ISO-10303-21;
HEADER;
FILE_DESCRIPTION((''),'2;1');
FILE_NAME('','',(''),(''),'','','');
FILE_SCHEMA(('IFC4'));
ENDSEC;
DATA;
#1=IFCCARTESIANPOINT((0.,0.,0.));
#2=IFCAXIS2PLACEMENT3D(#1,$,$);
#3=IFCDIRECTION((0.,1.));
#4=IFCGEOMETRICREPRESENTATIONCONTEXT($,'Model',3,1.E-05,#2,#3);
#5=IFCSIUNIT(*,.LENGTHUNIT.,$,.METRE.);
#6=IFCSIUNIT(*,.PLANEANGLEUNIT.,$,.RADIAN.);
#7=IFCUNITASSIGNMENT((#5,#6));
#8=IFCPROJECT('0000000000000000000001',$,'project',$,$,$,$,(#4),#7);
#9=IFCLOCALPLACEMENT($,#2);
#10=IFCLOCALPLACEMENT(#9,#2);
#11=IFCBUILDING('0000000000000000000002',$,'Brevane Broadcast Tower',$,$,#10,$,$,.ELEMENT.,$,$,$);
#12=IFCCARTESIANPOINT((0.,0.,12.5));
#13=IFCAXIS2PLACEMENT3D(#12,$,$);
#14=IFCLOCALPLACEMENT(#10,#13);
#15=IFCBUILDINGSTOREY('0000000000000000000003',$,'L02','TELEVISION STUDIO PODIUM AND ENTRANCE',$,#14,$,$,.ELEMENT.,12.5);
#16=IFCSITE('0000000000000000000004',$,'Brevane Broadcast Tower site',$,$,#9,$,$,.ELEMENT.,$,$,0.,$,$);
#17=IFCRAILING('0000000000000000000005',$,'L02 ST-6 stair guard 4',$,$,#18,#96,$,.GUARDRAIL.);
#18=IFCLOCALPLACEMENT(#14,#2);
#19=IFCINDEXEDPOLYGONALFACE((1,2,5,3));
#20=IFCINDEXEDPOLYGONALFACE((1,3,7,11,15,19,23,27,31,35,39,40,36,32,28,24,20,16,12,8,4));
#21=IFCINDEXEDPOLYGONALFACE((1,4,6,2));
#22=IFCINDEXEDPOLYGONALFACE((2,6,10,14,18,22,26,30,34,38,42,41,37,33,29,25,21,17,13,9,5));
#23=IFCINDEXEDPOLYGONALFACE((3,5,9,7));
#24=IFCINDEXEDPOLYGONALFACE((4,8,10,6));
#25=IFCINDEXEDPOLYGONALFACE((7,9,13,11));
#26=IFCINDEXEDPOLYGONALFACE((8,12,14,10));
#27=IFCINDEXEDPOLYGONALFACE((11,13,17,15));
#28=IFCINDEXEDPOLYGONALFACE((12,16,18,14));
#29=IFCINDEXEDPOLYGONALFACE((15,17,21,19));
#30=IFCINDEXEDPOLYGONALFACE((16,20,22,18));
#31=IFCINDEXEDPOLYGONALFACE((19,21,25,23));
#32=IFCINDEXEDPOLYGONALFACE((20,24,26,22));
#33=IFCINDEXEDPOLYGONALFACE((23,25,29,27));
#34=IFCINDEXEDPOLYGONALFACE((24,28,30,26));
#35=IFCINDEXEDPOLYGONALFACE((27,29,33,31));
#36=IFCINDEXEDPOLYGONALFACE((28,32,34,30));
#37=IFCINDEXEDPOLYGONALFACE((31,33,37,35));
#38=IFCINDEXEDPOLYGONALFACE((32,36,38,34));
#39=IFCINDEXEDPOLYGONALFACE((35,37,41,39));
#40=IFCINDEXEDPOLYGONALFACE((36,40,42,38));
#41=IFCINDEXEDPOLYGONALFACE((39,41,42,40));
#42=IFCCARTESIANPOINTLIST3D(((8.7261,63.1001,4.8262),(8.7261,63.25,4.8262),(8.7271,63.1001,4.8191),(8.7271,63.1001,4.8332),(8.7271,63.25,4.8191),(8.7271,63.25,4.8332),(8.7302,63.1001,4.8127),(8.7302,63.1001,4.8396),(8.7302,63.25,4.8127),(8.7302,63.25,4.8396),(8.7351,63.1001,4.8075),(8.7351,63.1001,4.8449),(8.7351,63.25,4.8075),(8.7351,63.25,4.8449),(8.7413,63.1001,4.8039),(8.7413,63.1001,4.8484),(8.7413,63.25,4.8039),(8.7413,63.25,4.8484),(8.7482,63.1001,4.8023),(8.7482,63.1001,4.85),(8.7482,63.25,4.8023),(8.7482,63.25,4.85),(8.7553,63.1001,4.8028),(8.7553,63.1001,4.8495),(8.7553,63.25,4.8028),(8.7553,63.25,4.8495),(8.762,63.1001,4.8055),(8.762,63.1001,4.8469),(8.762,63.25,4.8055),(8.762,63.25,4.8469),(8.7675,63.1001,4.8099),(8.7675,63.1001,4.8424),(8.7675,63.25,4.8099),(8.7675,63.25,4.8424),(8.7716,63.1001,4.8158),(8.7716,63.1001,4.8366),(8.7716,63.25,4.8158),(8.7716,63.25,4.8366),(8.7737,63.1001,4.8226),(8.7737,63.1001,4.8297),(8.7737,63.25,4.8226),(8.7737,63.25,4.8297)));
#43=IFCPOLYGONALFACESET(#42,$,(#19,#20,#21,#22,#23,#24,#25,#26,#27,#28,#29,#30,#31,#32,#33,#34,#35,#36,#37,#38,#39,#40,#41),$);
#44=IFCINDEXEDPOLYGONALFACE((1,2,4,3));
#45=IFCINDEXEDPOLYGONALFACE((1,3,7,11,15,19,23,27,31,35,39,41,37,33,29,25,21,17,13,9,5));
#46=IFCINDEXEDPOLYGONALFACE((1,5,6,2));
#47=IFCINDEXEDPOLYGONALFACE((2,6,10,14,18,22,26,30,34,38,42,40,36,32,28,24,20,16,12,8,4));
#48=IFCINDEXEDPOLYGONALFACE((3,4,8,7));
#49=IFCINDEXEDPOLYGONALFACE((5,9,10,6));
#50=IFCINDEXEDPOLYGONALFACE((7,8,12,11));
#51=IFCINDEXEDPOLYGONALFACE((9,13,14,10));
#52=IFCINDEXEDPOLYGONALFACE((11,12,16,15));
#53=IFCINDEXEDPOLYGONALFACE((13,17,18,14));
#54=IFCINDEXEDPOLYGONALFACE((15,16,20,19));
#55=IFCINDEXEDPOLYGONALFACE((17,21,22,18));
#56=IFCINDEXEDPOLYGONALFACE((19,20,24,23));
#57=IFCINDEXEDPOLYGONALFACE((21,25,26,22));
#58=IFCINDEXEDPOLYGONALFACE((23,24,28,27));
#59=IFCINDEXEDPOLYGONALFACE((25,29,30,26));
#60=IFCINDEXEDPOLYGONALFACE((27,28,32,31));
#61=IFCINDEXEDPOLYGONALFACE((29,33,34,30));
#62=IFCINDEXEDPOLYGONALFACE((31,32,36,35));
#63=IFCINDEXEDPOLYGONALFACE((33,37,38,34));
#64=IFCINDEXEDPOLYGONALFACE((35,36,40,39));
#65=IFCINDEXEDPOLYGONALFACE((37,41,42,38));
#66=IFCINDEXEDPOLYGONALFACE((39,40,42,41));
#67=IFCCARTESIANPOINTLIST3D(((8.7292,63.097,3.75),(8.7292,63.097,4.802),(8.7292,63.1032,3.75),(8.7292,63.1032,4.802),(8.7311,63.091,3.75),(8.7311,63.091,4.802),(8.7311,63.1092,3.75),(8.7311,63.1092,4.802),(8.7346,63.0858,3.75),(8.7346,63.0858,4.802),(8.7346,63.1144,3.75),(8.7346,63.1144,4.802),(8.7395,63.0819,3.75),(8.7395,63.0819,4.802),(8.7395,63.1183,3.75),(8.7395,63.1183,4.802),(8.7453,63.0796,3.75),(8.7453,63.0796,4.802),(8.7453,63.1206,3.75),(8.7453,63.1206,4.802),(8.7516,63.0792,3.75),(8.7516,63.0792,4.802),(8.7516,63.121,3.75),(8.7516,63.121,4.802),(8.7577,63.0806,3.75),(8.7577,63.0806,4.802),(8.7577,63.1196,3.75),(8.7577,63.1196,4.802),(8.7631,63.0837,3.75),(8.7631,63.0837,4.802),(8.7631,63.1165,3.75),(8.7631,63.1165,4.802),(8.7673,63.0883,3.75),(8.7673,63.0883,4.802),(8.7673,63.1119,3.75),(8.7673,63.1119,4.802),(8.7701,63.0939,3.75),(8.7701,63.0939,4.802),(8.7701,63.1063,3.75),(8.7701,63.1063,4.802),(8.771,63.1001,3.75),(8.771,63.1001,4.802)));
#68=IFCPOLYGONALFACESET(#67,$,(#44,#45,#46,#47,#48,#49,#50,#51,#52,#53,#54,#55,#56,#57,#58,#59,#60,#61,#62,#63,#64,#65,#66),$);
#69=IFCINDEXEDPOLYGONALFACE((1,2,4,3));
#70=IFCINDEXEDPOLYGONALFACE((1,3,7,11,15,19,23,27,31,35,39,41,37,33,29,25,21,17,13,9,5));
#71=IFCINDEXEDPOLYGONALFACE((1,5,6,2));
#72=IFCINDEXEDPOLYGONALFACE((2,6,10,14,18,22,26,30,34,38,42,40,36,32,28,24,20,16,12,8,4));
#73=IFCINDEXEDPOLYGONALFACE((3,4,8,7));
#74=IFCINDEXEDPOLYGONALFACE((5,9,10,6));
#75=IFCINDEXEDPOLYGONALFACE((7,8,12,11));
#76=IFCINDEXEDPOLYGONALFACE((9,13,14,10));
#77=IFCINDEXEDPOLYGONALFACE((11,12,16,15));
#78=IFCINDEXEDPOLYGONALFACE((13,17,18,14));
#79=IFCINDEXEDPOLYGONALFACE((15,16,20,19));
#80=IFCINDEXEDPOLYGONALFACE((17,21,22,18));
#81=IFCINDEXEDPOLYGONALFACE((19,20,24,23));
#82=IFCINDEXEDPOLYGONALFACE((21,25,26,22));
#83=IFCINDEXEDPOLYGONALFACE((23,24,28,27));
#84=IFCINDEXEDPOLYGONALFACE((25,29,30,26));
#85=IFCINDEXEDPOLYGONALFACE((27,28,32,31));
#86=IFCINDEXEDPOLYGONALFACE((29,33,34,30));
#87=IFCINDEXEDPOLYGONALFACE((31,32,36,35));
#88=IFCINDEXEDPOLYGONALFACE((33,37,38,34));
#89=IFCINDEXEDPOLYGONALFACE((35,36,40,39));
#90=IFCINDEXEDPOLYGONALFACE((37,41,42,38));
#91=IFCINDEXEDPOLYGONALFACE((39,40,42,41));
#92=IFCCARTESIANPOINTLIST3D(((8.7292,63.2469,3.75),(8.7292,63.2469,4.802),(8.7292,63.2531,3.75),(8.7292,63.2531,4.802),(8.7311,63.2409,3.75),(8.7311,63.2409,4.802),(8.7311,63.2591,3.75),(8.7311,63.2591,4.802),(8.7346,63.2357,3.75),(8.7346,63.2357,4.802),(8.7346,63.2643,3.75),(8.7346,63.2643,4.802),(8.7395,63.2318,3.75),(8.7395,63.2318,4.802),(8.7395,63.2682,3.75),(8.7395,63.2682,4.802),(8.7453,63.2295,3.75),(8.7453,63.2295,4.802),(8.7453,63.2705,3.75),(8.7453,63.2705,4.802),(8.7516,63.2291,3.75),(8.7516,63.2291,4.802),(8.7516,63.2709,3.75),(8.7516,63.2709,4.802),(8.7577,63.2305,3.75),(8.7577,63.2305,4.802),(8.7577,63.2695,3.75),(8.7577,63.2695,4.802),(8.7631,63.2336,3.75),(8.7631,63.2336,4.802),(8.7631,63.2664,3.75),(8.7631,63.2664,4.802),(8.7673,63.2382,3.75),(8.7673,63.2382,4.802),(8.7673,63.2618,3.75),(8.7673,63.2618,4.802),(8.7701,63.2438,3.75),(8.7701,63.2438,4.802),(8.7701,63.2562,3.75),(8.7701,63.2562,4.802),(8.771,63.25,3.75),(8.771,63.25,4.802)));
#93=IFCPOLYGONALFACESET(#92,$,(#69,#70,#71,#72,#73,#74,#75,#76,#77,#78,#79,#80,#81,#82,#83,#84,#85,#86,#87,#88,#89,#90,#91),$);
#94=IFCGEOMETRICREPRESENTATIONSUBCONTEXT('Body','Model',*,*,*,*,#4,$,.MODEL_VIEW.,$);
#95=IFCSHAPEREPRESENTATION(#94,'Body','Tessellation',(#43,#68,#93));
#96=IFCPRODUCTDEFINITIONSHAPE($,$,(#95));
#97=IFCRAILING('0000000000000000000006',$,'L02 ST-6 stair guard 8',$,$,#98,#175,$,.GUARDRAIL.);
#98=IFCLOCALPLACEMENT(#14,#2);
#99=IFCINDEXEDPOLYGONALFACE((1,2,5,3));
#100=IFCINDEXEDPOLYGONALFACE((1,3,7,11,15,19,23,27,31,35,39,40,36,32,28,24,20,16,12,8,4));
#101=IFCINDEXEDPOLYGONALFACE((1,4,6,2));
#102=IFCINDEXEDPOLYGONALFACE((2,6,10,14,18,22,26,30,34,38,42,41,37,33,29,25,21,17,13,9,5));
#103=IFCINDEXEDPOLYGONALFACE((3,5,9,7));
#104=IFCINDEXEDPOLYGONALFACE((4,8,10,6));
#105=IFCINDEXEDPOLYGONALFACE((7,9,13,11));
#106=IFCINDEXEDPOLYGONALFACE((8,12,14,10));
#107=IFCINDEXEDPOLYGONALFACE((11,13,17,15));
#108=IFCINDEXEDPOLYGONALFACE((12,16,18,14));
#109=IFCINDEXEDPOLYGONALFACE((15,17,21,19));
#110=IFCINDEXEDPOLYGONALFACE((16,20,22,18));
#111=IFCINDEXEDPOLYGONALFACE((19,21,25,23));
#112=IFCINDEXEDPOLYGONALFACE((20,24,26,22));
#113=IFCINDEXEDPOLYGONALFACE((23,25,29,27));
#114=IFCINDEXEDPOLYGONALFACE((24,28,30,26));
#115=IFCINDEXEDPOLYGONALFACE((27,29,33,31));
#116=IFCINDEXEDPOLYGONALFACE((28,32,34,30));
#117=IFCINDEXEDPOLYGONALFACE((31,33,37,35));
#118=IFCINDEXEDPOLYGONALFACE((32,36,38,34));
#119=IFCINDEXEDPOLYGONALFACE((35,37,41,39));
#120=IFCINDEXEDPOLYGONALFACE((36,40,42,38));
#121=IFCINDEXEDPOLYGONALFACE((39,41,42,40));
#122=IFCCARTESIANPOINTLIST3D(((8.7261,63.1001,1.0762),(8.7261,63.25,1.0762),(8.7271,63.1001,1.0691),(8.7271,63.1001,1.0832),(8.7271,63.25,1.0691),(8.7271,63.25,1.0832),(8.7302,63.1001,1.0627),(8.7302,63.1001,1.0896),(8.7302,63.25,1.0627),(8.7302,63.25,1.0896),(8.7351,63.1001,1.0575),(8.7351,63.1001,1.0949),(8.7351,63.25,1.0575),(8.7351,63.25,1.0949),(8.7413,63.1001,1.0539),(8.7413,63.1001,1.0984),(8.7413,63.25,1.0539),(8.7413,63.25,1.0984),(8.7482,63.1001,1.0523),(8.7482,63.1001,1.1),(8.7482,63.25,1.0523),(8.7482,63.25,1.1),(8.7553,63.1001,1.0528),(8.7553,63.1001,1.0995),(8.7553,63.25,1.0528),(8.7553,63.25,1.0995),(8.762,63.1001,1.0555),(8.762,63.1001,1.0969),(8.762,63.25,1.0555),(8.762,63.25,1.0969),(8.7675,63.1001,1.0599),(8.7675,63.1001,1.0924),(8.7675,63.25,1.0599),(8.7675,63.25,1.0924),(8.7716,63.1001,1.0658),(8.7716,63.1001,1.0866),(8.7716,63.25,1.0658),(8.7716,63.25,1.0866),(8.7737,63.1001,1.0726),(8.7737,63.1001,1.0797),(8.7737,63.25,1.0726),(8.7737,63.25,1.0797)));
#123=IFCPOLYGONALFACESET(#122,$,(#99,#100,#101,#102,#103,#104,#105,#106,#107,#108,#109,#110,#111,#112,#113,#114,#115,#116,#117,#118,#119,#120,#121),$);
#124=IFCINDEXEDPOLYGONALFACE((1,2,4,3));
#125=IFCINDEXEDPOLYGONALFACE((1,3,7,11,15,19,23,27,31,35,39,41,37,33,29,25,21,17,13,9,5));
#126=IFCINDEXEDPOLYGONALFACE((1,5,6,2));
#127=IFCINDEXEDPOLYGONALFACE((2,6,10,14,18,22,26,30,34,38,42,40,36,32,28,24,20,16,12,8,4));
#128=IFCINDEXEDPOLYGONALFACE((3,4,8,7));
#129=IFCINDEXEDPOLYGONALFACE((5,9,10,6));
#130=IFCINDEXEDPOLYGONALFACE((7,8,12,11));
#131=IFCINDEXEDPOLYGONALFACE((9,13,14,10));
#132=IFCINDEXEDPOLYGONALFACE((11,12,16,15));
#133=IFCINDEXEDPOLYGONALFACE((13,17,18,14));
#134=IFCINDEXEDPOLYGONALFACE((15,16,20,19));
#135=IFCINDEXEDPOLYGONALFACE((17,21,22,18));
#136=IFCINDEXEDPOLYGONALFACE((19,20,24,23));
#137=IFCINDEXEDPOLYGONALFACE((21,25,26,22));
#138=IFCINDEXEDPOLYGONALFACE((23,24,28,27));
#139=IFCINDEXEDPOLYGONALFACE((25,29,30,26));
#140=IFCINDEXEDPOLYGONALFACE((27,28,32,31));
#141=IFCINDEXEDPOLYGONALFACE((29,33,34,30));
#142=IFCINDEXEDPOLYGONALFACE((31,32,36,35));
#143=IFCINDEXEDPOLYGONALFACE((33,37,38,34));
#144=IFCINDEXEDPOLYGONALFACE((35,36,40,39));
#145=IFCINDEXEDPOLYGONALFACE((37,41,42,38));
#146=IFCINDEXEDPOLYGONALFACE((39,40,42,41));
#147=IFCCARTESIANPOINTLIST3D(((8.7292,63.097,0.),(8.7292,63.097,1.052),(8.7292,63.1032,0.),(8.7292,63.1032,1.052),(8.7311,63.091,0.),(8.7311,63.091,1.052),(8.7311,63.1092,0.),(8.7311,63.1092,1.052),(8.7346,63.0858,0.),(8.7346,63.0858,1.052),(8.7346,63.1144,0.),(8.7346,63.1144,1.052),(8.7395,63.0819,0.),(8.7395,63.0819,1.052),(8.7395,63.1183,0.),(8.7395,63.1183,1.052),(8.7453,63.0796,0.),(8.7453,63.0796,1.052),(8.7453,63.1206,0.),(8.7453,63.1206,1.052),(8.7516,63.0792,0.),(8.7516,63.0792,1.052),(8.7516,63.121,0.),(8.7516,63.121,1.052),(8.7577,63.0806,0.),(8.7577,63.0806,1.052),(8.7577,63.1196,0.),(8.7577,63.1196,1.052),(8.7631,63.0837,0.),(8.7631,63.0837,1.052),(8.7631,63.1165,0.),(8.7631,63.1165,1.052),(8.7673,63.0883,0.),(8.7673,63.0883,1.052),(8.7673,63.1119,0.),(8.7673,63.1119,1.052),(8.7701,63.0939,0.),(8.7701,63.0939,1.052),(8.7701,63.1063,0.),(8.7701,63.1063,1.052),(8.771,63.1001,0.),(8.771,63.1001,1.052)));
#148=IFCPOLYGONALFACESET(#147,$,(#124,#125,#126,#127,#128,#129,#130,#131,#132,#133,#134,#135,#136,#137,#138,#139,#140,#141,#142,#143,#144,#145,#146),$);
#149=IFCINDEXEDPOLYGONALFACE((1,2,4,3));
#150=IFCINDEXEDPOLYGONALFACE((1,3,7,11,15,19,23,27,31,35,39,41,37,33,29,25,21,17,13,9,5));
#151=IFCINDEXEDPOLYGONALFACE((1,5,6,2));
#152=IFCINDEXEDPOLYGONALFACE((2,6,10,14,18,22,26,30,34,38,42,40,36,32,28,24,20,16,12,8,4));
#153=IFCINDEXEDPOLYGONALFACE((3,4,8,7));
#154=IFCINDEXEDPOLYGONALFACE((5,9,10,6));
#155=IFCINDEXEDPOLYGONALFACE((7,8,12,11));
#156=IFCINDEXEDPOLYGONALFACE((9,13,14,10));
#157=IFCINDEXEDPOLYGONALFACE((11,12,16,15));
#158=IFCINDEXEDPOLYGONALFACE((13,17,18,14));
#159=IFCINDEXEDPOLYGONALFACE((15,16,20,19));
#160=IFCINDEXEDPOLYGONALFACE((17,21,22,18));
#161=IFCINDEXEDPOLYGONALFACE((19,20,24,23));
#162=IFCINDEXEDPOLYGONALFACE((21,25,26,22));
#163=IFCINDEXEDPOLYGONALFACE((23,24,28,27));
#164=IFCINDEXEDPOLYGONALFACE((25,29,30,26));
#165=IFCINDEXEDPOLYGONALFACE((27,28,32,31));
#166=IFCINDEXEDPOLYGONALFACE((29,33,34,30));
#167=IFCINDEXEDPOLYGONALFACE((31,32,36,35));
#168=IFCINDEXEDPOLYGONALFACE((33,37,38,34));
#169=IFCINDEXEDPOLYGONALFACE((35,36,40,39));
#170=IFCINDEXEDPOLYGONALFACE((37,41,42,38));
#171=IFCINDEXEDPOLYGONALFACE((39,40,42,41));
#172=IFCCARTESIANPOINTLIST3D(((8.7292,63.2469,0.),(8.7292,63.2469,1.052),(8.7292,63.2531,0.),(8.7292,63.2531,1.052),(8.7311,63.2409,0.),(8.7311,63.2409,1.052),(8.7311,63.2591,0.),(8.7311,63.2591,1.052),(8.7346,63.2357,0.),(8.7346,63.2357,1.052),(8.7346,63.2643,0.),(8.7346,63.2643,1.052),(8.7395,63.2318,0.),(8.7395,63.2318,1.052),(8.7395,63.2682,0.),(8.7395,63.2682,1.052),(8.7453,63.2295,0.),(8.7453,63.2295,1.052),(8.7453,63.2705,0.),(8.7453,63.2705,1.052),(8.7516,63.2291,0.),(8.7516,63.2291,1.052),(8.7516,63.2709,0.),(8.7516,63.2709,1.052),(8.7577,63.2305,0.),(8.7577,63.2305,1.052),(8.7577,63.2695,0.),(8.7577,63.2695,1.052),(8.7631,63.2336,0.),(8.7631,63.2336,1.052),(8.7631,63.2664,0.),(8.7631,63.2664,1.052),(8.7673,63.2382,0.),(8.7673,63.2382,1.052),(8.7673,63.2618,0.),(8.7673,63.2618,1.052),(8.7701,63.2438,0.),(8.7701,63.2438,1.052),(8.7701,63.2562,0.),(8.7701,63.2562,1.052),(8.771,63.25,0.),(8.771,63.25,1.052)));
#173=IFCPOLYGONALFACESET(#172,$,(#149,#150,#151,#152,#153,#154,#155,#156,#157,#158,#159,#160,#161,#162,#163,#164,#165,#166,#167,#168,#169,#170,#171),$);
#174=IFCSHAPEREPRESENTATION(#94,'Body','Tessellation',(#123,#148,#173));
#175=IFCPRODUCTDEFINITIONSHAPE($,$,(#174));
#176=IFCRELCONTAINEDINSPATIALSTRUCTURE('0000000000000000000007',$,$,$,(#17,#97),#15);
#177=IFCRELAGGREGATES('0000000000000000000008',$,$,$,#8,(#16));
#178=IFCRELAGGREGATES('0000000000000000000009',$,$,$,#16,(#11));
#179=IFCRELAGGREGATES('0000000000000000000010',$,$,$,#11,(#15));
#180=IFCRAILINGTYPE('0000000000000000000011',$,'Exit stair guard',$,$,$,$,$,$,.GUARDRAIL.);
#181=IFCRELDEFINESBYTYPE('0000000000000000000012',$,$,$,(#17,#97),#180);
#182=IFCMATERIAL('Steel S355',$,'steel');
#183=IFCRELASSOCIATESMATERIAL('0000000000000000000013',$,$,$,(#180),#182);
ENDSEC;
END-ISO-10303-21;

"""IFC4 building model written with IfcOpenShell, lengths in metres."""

from ifc_helpers import new_model, si_unit, direction, frame, origin, origin_2d, place, context, subcontext, project, spatial, circle, extrude, material, type_object, element, save


model = new_model("IFC4")

# Units and contexts
model_context = context("Model", 3, precision=1e-05, world=origin(), true_north=direction((0.0, 1.0)))
body_context = subcontext(model_context, "Body", "Model", "MODEL_VIEW")
ifc_project = project(units=[si_unit("LENGTHUNIT", "METRE"), si_unit("PLANEANGLEUNIT", "RADIAN")], contexts=[model_context])

# Site, building, storey
site_placement = place(None, origin())
site = spatial("IfcSite", under=ifc_project, at=site_placement, Name="Brevane Broadcast Tower site", CompositionType="ELEMENT", RefElevation=0.0)
building_placement = place(site_placement, origin())
building = spatial("IfcBuilding", under=site, at=building_placement, Name="Brevane Broadcast Tower", CompositionType="ELEMENT")
storey_placement = place(building_placement, frame((0.0, 0.0, 12.5)))
storey = spatial("IfcBuildingStorey", under=building, at=storey_placement, Name="L02", Description="TELEVISION STUDIO PODIUM AND ENTRANCE", CompositionType="ELEMENT", Elevation=12.5)

# Railings
ifc_material_1 = material(Name="Steel S355", Category="steel")
railing_type_1 = type_object("IfcRailingType", Name="Exit stair guard", PredefinedType="GUARDRAIL", material=ifc_material_1)
for number, where, name in (
    (1, (8.75, 63.1001, 3.75), "L02 ST-6 stair guard 4"),
    (2, (8.75, 63.1001, 0.0), "L02 ST-6 stair guard 8"),
):
    element("IfcRailing", number, at=place(storey_placement, frame(where)), inside=storey, type_object=railing_type_1, Name=name, PredefinedType="GUARDRAIL", context=body_context, shape_type="SweptSolid", body=[
        extrude(circle(Radius=0.0239, at=origin_2d()), frame((0.0, 0.0, 1.0762), z_axis=(0.0, 1.0, 0.0), x_axis=(-1.0, 0.0, 0.0)), (0.0, 0.0, 1.0), 0.1499),
        extrude(circle(Radius=0.021, at=origin_2d()), origin(), (0.0, 0.0, 1.0), 1.052),
        extrude(circle(Radius=0.021, at=origin_2d()), frame((0.0, 0.1499, 0.0)), (0.0, 0.0, 1.0), 1.052),
    ])

save(model, "model.ifc")
